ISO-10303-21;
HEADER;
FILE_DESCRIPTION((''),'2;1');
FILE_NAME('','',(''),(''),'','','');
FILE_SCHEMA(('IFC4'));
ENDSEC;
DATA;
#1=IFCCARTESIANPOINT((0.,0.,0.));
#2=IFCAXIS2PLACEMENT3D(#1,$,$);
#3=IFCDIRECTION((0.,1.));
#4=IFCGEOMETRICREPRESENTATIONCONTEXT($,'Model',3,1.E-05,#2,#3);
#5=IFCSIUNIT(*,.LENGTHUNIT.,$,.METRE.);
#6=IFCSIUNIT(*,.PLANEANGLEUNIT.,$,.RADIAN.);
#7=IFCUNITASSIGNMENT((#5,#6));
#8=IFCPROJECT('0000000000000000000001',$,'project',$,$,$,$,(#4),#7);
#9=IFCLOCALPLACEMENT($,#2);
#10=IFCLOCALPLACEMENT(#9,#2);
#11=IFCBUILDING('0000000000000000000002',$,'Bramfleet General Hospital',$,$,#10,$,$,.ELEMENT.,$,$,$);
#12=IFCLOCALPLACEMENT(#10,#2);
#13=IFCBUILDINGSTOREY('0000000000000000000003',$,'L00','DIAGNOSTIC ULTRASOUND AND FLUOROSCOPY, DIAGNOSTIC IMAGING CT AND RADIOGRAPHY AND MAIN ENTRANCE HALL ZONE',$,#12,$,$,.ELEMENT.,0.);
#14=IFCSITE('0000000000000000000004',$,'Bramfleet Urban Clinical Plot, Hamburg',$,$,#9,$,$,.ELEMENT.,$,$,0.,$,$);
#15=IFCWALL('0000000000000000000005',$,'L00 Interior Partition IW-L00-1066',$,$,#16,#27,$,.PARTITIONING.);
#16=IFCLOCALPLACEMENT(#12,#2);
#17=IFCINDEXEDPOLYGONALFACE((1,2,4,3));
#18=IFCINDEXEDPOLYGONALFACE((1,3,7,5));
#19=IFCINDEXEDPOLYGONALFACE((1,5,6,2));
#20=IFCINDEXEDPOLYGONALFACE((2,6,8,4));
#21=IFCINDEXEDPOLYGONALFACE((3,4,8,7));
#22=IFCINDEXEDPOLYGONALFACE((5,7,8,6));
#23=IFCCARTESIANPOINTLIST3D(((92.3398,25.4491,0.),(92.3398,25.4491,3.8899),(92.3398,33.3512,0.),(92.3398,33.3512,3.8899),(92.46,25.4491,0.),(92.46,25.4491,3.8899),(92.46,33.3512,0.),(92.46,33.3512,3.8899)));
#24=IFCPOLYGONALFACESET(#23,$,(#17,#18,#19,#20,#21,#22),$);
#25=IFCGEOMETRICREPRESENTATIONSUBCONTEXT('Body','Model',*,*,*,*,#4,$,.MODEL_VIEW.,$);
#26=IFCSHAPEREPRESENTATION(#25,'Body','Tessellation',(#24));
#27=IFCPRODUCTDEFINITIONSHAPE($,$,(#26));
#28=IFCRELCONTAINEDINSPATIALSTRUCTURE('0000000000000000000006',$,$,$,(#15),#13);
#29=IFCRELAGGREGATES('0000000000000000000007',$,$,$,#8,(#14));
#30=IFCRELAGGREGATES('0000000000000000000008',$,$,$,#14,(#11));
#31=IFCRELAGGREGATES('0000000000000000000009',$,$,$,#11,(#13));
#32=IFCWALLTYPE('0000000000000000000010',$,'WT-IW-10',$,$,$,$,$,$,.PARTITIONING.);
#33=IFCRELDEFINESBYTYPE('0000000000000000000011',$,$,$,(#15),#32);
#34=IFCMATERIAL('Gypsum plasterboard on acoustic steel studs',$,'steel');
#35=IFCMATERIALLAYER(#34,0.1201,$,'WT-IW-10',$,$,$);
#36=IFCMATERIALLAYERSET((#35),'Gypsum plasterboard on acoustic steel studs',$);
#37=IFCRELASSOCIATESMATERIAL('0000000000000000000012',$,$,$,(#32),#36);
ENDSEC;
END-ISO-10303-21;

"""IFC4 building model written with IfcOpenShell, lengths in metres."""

from ifc_helpers import new_model, si_unit, direction, frame, frame_2d, origin, place, context, subcontext, project, spatial, rectangle, extrude, material, layer, layer_set, type_object, element, save


model = new_model("IFC4")

# Units and contexts
model_context = context("Model", 3, precision=1e-05, world=origin(), true_north=direction((0.0, 1.0)))
body_context = subcontext(model_context, "Body", "Model", "MODEL_VIEW")
ifc_project = project(units=[si_unit("LENGTHUNIT", "METRE"), si_unit("PLANEANGLEUNIT", "RADIAN")], contexts=[model_context])

# Site, building, storey
site_placement = place(None, origin())
site = spatial("IfcSite", under=ifc_project, at=site_placement, Name="Bramfleet Urban Clinical Plot, Hamburg", CompositionType="ELEMENT", RefElevation=0.0)
building_placement = place(site_placement, origin())
building = spatial("IfcBuilding", under=site, at=building_placement, Name="Bramfleet General Hospital", CompositionType="ELEMENT")
storey_placement = place(building_placement, origin())
storey = spatial("IfcBuildingStorey", under=building, at=storey_placement, Name="L00", Description="DIAGNOSTIC ULTRASOUND AND FLUOROSCOPY, DIAGNOSTIC IMAGING CT AND RADIOGRAPHY AND MAIN ENTRANCE HALL ZONE", CompositionType="ELEMENT", Elevation=0.0)

# Shared definitions
ifc_material_1 = material(Name="Gypsum plasterboard on acoustic steel studs", Category="steel")

# Wall
ifc_layer_1 = layer(ifc_material_1, 0.1201, Name="WT-IW-10")
ifc_layer_set_1 = layer_set([ifc_layer_1], Name="Gypsum plasterboard on acoustic steel studs")
wall_type_1 = type_object("IfcWallType", Name="WT-IW-10", PredefinedType="PARTITIONING", material=ifc_layer_set_1)
wall_1_placement = place(storey_placement, frame((92.3999, 25.449, 0.0), z_axis=(0.0, 0.0, 1.0), x_axis=(0.0, 1.0, 0.0)))
element("IfcWall", 1, at=wall_1_placement, inside=storey, type_object=wall_type_1, Name="L00 Interior Partition IW-L00-1066", PredefinedType="PARTITIONING", context=body_context, shape_type="SweptSolid", body=[
    extrude(rectangle(XDim=7.9021, YDim=0.1201, at=frame_2d((3.9512, 0.0))), origin(), (0.0, 0.0, 1.0), 3.8899),
])

save(model, "model.ifc")
